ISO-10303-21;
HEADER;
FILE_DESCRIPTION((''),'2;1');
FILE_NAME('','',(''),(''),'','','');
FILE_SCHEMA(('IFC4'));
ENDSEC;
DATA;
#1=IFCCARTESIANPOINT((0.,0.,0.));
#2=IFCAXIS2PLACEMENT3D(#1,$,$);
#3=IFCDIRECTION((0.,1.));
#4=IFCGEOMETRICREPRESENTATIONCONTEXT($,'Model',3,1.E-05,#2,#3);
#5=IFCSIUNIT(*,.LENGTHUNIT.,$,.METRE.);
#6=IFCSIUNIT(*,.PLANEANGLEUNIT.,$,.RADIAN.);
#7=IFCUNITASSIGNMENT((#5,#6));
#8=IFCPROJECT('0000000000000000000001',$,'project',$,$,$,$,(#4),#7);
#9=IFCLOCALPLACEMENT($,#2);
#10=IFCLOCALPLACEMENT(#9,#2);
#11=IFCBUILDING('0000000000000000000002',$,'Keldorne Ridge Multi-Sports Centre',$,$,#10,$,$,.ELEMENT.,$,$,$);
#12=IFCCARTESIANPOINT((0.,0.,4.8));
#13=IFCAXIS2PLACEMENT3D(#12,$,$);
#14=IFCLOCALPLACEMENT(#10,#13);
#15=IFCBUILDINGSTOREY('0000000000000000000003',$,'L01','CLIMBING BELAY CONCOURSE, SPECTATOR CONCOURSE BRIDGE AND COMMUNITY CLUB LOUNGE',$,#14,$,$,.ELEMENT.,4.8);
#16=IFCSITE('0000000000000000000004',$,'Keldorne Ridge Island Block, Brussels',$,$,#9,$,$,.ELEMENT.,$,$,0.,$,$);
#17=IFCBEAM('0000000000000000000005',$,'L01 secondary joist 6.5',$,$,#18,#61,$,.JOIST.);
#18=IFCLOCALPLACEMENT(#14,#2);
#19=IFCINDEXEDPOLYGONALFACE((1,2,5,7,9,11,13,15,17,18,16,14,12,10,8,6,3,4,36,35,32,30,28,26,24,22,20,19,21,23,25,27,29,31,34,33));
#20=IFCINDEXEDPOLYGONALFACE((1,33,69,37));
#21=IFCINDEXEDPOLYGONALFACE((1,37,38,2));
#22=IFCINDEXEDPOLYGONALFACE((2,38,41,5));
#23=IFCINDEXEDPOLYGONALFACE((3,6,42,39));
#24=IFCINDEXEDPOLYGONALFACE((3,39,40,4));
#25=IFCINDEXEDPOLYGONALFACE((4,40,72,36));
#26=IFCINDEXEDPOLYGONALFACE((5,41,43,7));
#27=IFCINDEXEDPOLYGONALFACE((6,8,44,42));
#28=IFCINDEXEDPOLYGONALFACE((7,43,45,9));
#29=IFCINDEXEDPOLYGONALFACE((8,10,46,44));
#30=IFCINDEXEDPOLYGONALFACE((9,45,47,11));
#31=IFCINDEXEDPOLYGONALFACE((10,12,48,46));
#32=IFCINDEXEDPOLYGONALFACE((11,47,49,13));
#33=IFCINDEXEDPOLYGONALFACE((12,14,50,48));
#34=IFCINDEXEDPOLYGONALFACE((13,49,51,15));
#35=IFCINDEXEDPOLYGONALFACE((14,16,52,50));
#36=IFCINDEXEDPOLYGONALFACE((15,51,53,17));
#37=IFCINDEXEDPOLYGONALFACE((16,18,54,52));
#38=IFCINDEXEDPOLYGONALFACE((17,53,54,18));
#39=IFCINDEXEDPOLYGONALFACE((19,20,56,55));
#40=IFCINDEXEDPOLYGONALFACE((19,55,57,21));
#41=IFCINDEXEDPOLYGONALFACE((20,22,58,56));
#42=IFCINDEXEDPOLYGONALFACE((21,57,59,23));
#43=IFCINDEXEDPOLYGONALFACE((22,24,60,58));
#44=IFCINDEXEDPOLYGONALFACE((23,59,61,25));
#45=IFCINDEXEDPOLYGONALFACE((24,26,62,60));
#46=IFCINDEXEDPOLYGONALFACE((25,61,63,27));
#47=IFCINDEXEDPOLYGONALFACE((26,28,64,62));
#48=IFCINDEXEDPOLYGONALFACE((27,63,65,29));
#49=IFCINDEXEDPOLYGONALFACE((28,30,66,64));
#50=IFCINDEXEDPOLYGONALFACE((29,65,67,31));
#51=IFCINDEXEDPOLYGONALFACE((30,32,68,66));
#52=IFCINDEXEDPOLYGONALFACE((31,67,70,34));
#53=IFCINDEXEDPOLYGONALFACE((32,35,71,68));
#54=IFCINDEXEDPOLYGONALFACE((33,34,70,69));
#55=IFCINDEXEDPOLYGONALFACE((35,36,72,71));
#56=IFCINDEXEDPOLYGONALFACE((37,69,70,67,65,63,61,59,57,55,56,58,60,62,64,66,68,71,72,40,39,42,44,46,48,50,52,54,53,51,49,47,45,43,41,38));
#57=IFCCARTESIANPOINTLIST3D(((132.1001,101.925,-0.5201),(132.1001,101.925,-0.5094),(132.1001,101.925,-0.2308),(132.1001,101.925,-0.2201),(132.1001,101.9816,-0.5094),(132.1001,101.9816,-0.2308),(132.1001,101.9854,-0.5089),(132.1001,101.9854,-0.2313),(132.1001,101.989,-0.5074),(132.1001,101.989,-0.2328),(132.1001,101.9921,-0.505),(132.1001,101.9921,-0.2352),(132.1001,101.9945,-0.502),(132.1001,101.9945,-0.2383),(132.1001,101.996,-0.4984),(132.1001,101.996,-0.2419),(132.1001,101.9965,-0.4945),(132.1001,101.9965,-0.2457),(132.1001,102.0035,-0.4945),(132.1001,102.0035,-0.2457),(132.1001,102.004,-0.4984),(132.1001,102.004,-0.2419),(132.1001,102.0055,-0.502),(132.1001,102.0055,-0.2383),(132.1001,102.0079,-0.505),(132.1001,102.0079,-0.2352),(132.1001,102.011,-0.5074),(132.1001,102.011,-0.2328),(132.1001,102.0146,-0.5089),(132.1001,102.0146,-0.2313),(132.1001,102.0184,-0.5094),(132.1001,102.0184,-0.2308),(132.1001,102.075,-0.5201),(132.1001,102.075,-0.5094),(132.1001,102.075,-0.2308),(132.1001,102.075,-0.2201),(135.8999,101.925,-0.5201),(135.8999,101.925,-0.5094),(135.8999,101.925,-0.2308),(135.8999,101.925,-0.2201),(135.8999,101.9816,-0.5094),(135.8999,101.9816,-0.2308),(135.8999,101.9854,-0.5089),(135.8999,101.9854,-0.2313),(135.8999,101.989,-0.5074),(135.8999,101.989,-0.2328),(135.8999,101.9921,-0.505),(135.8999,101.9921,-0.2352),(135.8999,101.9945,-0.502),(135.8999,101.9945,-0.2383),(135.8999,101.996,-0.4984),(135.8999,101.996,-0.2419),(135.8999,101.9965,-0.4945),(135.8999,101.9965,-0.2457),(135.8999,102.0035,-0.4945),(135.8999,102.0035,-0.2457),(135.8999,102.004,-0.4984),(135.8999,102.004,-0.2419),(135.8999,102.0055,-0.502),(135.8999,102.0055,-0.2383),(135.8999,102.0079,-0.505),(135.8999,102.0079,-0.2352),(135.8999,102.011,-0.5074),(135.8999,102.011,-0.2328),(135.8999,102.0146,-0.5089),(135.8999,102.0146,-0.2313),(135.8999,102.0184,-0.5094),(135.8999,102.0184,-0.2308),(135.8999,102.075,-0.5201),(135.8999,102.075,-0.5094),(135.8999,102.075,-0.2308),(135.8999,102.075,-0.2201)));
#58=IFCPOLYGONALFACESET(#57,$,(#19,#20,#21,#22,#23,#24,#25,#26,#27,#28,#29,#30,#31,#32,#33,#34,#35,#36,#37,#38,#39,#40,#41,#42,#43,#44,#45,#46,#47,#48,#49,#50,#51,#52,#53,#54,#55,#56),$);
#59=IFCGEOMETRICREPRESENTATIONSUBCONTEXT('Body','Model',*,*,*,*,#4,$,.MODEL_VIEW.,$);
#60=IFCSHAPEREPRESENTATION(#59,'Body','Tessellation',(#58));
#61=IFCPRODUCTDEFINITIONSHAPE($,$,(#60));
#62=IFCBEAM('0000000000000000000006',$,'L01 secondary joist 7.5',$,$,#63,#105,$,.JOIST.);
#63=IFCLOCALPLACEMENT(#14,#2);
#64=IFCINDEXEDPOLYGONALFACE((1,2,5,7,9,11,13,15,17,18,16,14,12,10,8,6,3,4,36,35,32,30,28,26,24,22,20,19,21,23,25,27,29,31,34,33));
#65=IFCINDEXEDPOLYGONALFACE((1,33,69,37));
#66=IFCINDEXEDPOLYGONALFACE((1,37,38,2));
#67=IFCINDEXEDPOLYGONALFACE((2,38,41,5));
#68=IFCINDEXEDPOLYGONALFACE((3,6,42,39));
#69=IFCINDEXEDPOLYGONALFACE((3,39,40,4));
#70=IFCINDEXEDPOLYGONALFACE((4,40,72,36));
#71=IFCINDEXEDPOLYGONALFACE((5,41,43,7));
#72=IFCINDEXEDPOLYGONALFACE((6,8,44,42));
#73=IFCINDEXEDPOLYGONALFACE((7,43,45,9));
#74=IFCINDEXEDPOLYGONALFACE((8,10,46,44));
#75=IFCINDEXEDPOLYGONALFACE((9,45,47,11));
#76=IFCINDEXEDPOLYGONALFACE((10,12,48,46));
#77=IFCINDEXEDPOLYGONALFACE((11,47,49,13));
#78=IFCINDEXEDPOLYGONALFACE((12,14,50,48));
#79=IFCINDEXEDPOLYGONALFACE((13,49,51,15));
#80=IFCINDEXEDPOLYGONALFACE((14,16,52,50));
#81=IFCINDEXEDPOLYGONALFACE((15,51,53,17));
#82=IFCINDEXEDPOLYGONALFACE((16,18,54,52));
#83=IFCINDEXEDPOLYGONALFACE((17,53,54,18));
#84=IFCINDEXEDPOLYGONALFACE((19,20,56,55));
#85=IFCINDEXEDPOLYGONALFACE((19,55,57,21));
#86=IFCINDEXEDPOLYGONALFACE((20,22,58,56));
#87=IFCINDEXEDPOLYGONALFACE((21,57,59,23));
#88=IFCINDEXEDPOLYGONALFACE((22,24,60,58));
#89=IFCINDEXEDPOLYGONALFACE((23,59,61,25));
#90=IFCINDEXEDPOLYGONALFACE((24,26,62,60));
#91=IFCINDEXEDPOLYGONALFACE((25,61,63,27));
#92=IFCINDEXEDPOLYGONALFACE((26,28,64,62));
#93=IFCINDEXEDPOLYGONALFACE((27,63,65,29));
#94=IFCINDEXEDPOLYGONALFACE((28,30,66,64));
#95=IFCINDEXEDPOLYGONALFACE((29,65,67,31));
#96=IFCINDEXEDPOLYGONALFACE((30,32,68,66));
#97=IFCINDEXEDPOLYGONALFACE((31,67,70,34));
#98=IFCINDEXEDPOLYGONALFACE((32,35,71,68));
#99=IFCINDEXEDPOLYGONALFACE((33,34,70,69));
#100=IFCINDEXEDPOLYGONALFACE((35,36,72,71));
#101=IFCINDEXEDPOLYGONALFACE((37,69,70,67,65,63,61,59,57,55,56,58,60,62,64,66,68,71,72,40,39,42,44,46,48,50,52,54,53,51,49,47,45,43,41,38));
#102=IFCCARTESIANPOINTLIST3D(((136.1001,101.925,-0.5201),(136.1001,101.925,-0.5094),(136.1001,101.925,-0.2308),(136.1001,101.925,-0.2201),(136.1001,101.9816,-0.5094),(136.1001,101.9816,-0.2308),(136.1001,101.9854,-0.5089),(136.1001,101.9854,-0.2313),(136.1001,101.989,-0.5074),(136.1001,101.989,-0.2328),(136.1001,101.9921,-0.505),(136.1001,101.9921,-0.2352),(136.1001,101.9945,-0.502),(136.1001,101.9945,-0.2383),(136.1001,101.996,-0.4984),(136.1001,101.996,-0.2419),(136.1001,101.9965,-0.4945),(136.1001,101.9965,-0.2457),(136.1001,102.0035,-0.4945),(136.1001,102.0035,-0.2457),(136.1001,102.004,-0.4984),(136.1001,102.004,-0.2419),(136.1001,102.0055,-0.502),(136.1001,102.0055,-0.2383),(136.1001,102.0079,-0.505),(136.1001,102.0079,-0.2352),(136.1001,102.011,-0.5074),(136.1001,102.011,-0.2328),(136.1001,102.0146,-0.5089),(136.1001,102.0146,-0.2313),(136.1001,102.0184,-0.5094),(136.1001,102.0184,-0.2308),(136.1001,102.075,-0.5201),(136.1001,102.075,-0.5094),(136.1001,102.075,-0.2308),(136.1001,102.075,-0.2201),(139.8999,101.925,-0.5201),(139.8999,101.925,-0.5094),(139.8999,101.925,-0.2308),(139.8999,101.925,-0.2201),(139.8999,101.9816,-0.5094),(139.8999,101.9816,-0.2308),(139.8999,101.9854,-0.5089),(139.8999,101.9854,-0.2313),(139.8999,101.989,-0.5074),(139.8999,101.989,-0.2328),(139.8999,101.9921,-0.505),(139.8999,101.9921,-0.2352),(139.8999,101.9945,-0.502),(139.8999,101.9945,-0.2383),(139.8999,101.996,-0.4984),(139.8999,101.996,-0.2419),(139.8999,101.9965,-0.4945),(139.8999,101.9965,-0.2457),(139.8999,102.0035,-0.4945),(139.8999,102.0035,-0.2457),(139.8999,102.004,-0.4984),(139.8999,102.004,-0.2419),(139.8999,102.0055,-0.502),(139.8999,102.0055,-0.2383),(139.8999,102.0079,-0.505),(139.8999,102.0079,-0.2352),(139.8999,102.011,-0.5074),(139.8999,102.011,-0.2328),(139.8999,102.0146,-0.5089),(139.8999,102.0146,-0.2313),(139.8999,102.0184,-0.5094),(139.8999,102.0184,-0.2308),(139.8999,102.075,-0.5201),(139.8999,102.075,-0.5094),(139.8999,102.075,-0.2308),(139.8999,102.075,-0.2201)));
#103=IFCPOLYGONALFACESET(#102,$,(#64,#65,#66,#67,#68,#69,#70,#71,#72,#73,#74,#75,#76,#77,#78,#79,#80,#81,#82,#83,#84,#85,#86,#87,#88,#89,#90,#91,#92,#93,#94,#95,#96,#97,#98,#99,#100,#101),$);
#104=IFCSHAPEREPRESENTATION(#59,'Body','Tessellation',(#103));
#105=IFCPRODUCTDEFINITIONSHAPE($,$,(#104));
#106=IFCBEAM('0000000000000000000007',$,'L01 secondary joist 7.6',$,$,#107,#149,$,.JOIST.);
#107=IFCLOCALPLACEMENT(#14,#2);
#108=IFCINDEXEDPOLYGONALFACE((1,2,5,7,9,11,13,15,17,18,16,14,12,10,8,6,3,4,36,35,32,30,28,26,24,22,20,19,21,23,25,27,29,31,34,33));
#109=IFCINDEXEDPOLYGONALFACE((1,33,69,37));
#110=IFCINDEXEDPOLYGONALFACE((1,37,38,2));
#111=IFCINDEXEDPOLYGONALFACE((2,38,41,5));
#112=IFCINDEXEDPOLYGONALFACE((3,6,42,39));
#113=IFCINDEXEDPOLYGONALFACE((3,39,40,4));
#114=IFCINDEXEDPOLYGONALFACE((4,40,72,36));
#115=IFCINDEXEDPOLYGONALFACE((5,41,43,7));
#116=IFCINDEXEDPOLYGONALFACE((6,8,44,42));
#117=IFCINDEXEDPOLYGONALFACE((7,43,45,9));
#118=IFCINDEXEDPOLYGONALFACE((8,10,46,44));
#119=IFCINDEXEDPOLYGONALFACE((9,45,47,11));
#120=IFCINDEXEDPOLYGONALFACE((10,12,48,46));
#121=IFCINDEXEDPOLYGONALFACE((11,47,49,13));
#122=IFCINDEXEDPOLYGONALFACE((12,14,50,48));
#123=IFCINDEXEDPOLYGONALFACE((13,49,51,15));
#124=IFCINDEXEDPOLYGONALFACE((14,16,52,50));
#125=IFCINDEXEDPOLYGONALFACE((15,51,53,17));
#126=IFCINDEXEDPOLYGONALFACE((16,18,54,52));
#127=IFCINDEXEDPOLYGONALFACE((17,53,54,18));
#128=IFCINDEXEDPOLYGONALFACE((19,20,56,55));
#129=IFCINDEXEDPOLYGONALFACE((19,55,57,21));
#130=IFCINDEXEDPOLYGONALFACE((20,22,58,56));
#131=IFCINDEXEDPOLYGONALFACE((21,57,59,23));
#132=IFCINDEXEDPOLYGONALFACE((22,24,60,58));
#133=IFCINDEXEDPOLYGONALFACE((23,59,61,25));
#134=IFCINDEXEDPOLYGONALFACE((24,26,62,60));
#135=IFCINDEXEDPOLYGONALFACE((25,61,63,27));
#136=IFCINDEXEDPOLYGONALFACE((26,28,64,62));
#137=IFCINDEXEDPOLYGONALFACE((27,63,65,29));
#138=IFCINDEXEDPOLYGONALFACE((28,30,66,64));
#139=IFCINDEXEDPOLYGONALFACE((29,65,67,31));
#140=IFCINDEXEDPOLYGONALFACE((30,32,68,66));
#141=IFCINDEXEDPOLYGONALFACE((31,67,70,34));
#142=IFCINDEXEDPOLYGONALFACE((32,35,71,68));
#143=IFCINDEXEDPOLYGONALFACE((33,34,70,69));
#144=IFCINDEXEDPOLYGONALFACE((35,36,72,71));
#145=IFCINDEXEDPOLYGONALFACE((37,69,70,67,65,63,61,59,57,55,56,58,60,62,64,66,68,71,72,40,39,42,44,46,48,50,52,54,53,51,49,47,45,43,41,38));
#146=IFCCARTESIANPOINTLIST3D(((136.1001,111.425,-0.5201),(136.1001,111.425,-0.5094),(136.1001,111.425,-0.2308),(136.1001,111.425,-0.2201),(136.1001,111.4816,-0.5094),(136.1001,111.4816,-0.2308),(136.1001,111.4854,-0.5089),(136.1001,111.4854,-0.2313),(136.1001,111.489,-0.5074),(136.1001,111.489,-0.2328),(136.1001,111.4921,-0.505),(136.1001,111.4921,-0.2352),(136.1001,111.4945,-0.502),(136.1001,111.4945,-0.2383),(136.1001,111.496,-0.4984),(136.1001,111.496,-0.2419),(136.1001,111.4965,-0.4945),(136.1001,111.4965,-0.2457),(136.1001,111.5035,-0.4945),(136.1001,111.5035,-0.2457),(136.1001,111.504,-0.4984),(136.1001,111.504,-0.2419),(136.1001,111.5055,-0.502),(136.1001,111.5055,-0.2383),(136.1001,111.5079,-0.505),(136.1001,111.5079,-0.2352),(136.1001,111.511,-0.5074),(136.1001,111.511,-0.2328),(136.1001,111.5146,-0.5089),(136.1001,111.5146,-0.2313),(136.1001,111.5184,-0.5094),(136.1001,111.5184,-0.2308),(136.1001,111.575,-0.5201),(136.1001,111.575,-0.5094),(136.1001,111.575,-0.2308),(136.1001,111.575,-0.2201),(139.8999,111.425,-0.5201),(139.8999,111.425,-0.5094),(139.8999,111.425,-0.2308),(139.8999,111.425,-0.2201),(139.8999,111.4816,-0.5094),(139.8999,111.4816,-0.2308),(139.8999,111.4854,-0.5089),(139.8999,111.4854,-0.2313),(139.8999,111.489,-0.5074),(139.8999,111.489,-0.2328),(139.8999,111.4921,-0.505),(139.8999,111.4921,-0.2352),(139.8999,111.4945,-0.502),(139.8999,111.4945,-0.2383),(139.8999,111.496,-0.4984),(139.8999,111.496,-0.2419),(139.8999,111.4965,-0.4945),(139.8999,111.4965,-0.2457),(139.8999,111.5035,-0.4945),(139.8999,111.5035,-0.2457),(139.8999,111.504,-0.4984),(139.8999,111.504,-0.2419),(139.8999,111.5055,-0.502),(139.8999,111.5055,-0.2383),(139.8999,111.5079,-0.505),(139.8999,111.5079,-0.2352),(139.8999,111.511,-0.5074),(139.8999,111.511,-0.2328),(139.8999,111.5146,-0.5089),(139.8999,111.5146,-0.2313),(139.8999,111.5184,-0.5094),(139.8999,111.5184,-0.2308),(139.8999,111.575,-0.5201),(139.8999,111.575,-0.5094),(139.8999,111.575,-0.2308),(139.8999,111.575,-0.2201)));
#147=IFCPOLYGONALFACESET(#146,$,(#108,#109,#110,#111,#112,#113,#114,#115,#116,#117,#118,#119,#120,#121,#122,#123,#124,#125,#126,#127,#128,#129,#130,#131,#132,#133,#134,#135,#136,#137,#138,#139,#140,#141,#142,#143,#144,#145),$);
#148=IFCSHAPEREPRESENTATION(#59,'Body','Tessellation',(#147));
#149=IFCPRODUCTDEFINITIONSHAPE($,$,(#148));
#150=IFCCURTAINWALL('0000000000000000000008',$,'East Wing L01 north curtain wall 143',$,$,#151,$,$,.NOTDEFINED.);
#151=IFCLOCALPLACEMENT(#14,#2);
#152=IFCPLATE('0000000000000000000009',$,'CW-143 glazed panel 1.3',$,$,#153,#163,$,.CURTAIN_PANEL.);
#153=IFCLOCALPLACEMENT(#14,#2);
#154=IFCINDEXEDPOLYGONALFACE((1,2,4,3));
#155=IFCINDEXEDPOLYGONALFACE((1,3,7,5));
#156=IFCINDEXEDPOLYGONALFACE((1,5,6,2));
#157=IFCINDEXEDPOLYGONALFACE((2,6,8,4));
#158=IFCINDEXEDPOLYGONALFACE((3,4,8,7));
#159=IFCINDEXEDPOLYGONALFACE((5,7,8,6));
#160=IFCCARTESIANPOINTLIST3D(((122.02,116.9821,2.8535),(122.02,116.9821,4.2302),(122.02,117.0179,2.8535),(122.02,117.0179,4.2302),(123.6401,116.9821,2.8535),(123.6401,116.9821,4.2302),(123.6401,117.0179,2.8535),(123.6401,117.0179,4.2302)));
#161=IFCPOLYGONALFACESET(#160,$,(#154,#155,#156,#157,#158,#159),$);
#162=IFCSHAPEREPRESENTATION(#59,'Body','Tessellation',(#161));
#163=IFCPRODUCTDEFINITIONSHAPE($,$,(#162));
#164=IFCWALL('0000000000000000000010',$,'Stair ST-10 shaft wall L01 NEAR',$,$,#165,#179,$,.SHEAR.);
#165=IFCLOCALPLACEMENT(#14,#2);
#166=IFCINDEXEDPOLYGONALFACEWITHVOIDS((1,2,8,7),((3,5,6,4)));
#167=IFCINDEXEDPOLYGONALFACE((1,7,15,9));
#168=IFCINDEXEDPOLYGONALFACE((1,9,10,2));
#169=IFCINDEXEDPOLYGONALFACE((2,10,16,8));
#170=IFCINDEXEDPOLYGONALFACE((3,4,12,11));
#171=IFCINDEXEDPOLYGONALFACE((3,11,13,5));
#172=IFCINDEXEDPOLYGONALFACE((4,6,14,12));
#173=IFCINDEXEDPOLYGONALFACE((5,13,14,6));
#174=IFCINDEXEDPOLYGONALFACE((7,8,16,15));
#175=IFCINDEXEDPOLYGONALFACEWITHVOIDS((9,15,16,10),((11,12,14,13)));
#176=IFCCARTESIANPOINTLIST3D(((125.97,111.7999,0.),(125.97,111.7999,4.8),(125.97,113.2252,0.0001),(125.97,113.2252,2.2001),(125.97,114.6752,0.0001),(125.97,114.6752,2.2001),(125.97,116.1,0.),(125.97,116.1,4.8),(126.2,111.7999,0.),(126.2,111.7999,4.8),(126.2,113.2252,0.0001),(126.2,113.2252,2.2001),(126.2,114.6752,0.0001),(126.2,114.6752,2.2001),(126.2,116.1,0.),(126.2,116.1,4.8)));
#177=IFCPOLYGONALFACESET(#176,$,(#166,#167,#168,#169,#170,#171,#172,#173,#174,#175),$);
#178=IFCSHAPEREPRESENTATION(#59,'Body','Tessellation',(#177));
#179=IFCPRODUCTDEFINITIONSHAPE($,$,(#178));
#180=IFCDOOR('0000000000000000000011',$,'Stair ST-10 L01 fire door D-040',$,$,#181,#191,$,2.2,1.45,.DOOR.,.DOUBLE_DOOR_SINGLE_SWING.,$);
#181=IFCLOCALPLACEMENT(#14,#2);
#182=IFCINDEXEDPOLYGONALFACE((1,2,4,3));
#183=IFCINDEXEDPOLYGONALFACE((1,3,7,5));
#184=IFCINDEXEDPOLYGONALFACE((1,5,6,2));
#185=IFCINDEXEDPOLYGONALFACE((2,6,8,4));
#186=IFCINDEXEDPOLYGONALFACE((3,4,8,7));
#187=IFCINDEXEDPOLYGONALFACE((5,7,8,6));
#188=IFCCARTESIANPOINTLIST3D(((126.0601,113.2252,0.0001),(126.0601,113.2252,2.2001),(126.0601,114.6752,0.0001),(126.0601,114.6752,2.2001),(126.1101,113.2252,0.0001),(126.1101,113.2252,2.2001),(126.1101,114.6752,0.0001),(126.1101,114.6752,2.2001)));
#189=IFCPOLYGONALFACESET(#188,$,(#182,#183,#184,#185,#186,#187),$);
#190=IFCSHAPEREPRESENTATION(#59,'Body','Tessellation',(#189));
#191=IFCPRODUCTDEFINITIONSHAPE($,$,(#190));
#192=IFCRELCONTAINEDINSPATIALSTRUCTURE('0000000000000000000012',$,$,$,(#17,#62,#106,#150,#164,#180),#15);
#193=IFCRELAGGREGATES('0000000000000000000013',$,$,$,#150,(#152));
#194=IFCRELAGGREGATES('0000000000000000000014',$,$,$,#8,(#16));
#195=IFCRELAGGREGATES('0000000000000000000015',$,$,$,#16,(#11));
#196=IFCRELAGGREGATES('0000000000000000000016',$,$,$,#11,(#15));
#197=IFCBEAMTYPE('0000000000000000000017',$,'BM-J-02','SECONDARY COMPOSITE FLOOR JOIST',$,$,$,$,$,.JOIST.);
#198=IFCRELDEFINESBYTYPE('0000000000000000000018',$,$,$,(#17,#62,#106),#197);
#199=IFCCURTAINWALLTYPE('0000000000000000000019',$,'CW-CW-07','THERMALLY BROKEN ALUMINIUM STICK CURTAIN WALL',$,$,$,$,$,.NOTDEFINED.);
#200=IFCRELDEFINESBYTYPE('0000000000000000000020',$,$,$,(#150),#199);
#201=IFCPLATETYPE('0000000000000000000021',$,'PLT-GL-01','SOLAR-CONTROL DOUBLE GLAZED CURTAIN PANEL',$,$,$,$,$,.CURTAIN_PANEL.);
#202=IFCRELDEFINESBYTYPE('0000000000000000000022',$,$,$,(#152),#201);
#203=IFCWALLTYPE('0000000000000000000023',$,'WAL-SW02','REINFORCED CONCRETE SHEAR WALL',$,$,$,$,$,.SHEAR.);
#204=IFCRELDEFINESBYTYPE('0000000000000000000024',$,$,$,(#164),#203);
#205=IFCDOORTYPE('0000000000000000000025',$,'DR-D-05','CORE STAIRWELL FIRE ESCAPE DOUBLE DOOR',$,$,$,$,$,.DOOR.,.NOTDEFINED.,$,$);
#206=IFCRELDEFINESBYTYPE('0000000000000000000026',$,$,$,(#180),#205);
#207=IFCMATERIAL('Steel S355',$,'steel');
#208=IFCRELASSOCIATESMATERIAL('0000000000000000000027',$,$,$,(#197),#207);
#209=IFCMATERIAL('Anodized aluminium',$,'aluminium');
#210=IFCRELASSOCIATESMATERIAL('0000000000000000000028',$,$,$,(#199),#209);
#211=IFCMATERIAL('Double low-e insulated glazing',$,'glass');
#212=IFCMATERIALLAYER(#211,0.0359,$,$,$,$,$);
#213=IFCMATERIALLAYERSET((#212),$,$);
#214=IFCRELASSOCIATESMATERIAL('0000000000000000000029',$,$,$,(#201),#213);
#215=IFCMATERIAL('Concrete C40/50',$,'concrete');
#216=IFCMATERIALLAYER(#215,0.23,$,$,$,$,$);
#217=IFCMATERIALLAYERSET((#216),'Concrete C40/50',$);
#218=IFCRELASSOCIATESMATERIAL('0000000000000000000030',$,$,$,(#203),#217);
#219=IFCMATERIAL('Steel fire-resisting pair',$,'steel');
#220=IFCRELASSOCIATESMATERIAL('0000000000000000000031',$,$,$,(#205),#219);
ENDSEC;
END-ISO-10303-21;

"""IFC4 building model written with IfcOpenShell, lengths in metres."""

from ifc_helpers import new_model, si_unit, direction, frame, frame_2d, origin, origin_2d, place, context, subcontext, project, spatial, rectangle, i_section, extrude, material, layer, layer_set, material_profile, profile_set, type_object, element, fill, aggregate, save


model = new_model("IFC4")

# Units and contexts
model_context = context("Model", 3, precision=1e-05, world=origin(), true_north=direction((0.0, 1.0)))
body_context = subcontext(model_context, "Body", "Model", "MODEL_VIEW")
ifc_project = project(units=[si_unit("LENGTHUNIT", "METRE"), si_unit("PLANEANGLEUNIT", "RADIAN")], contexts=[model_context])

# Site, building, storey
site_placement = place(None, origin())
site = spatial("IfcSite", under=ifc_project, at=site_placement, Name="Keldorne Ridge Island Block, Brussels", CompositionType="ELEMENT", RefElevation=0.0)
building_placement = place(site_placement, origin())
building = spatial("IfcBuilding", under=site, at=building_placement, Name="Keldorne Ridge Multi-Sports Centre", CompositionType="ELEMENT")
storey_placement = place(building_placement, frame((0.0, 0.0, 4.8)))
storey = spatial("IfcBuildingStorey", under=building, at=storey_placement, Name="L01", Description="CLIMBING BELAY CONCOURSE, SPECTATOR CONCOURSE BRIDGE AND COMMUNITY CLUB LOUNGE", CompositionType="ELEMENT", Elevation=4.8)

# Shared definitions
ifc_material_1 = material(Name="Steel S355", Category="steel")

# Beams
ifc_material_profile_1 = material_profile(ifc_material_1, i_section(OverallWidth=0.1499, OverallDepth=0.3, WebThickness=0.0071, FlangeThickness=0.0107, FilletRadius=0.0149, at=origin_2d()), Name="IPE 300")
ifc_profile_set_1 = profile_set([ifc_material_profile_1], Name="Steel S355")
beam_type_1 = type_object("IfcBeamType", Name="BM-J-02", Description="SECONDARY COMPOSITE FLOOR JOIST", PredefinedType="JOIST", material=ifc_profile_set_1)
for number, where, z_axis, x_axis, name in (
    (1, (132.1001, 102.0, -0.3701), (1.0, 0.0, 0.0), (0.0, 1.0, 0.0), "L01 secondary joist 6.5"),
    (2, (136.1001, 102.0, -0.3701), (1.0, 0.0, 0.0), (0.0, 1.0, 0.0), "L01 secondary joist 7.5"),
    (3, (136.1001, 111.5, -0.3701), (1.0, 0.0, 0.0), (0.0, 1.0, 0.0), "L01 secondary joist 7.6"),
):
    element("IfcBeam", number, at=place(storey_placement, frame(where, z_axis=z_axis, x_axis=x_axis)), inside=storey, type_object=beam_type_1, Name=name, PredefinedType="JOIST", context=body_context, shape_type="SweptSolid", body=[
        extrude(i_section(OverallWidth=0.1499, OverallDepth=0.3, WebThickness=0.0071, FlangeThickness=0.0107, FilletRadius=0.0149, at=origin_2d()), origin(), (0.0, 0.0, 1.0), 3.7998),
    ])

# Curtain wall, plate
ifc_material_2 = material(Name="Anodized aluminium", Category="aluminium")
curtain_wall_type = type_object("IfcCurtainWallType", Name="CW-CW-07", Description="THERMALLY BROKEN ALUMINIUM STICK CURTAIN WALL", PredefinedType="NOTDEFINED", material=ifc_material_2)
curtain_wall_placement = place(storey_placement, origin())
curtain_wall = element("IfcCurtainWall", 4, at=curtain_wall_placement, inside=storey, type_object=curtain_wall_type, Name="East Wing L01 north curtain wall 143", PredefinedType="NOTDEFINED")
ifc_material_3 = material(Name="Double low-e insulated glazing", Category="glass")
ifc_layer_1 = layer(ifc_material_3, 0.0359)
ifc_layer_set_1 = layer_set([ifc_layer_1])
plate_type = type_object("IfcPlateType", Name="PLT-GL-01", Description="SOLAR-CONTROL DOUBLE GLAZED CURTAIN PANEL", PredefinedType="CURTAIN_PANEL", material=ifc_layer_set_1)
plate_placement = place(storey_placement, frame((122.8301, 117.0, 2.8535), z_axis=(0.0, 0.0, 1.0), x_axis=(-1.0, 0.0, 0.0)))
plate = element("IfcPlate", 5, at=plate_placement, type_object=plate_type, Name="CW-143 glazed panel 1.3", PredefinedType="CURTAIN_PANEL", context=body_context, shape_type="SweptSolid", body=[
    extrude(rectangle(XDim=1.6201, YDim=0.0359, at=origin_2d()), origin(), (0.0, 0.0, 1.0), 1.3767),
])
aggregate(curtain_wall, [plate])

# Wall, opening, door
ifc_material_4 = material(Name="Concrete C40/50", Category="concrete")
ifc_layer_2 = layer(ifc_material_4, 0.23)
ifc_layer_set_2 = layer_set([ifc_layer_2], Name="Concrete C40/50")
wall_type = type_object("IfcWallType", Name="WAL-SW02", Description="REINFORCED CONCRETE SHEAR WALL", PredefinedType="SHEAR", material=ifc_layer_set_2)
wall_1_placement = place(storey_placement, frame((126.085, 111.8, 0.0), z_axis=(0.0, 0.0, 1.0), x_axis=(0.0, 1.0, 0.0)))
wall_1 = element("IfcWall", 6, at=wall_1_placement, inside=storey, type_object=wall_type, Name="Stair ST-10 shaft wall L01 NEAR", PredefinedType="SHEAR", context=body_context, shape_type="SweptSolid", body=[
    extrude(rectangle(XDim=4.3, YDim=0.23, at=frame_2d((2.1499, 0.0))), origin(), (0.0, 0.0, 1.0), 4.8),
])
opening_placement = place(wall_1_placement, frame((1.425, 0.0, 0.0)))
opening = element("IfcOpeningElement", 7, at=opening_placement, cuts=wall_1, PredefinedType="OPENING", context=body_context, shape_type="SweptSolid", body=[
    extrude(rectangle(XDim=1.45, YDim=2.2, at=frame_2d((0.7251, 1.1001))), frame((0.0, 0.125, 0.0), z_axis=(0.0, -1.0, 0.0), x_axis=(1.0, 0.0, 0.0)), (0.0, 0.0, 1.0), 0.25),
])
ifc_material_5 = material(Name="Steel fire-resisting pair", Category="steel")
door_type = type_object("IfcDoorType", Name="DR-D-05", Description="CORE STAIRWELL FIRE ESCAPE DOUBLE DOOR", OperationType="NOTDEFINED", PredefinedType="DOOR", material=ifc_material_5)
door_placement = place(opening_placement, origin())
door = element("IfcDoor", 8, at=door_placement, inside=storey, type_object=door_type, Name="Stair ST-10 L01 fire door D-040", OperationType="DOUBLE_DOOR_SINGLE_SWING", OverallHeight=2.2, OverallWidth=1.45, PredefinedType="DOOR", context=body_context, shape_type="SweptSolid", body=[
    extrude(rectangle(XDim=1.45, YDim=2.2, at=frame_2d((0.7251, 1.1001))), frame((0.0, 0.0249, 0.0), z_axis=(0.0, -1.0, 0.0), x_axis=(1.0, 0.0, 0.0)), (0.0, 0.0, 1.0), 0.05),
])
fill(opening, door)

save(model, "model.ifc")
